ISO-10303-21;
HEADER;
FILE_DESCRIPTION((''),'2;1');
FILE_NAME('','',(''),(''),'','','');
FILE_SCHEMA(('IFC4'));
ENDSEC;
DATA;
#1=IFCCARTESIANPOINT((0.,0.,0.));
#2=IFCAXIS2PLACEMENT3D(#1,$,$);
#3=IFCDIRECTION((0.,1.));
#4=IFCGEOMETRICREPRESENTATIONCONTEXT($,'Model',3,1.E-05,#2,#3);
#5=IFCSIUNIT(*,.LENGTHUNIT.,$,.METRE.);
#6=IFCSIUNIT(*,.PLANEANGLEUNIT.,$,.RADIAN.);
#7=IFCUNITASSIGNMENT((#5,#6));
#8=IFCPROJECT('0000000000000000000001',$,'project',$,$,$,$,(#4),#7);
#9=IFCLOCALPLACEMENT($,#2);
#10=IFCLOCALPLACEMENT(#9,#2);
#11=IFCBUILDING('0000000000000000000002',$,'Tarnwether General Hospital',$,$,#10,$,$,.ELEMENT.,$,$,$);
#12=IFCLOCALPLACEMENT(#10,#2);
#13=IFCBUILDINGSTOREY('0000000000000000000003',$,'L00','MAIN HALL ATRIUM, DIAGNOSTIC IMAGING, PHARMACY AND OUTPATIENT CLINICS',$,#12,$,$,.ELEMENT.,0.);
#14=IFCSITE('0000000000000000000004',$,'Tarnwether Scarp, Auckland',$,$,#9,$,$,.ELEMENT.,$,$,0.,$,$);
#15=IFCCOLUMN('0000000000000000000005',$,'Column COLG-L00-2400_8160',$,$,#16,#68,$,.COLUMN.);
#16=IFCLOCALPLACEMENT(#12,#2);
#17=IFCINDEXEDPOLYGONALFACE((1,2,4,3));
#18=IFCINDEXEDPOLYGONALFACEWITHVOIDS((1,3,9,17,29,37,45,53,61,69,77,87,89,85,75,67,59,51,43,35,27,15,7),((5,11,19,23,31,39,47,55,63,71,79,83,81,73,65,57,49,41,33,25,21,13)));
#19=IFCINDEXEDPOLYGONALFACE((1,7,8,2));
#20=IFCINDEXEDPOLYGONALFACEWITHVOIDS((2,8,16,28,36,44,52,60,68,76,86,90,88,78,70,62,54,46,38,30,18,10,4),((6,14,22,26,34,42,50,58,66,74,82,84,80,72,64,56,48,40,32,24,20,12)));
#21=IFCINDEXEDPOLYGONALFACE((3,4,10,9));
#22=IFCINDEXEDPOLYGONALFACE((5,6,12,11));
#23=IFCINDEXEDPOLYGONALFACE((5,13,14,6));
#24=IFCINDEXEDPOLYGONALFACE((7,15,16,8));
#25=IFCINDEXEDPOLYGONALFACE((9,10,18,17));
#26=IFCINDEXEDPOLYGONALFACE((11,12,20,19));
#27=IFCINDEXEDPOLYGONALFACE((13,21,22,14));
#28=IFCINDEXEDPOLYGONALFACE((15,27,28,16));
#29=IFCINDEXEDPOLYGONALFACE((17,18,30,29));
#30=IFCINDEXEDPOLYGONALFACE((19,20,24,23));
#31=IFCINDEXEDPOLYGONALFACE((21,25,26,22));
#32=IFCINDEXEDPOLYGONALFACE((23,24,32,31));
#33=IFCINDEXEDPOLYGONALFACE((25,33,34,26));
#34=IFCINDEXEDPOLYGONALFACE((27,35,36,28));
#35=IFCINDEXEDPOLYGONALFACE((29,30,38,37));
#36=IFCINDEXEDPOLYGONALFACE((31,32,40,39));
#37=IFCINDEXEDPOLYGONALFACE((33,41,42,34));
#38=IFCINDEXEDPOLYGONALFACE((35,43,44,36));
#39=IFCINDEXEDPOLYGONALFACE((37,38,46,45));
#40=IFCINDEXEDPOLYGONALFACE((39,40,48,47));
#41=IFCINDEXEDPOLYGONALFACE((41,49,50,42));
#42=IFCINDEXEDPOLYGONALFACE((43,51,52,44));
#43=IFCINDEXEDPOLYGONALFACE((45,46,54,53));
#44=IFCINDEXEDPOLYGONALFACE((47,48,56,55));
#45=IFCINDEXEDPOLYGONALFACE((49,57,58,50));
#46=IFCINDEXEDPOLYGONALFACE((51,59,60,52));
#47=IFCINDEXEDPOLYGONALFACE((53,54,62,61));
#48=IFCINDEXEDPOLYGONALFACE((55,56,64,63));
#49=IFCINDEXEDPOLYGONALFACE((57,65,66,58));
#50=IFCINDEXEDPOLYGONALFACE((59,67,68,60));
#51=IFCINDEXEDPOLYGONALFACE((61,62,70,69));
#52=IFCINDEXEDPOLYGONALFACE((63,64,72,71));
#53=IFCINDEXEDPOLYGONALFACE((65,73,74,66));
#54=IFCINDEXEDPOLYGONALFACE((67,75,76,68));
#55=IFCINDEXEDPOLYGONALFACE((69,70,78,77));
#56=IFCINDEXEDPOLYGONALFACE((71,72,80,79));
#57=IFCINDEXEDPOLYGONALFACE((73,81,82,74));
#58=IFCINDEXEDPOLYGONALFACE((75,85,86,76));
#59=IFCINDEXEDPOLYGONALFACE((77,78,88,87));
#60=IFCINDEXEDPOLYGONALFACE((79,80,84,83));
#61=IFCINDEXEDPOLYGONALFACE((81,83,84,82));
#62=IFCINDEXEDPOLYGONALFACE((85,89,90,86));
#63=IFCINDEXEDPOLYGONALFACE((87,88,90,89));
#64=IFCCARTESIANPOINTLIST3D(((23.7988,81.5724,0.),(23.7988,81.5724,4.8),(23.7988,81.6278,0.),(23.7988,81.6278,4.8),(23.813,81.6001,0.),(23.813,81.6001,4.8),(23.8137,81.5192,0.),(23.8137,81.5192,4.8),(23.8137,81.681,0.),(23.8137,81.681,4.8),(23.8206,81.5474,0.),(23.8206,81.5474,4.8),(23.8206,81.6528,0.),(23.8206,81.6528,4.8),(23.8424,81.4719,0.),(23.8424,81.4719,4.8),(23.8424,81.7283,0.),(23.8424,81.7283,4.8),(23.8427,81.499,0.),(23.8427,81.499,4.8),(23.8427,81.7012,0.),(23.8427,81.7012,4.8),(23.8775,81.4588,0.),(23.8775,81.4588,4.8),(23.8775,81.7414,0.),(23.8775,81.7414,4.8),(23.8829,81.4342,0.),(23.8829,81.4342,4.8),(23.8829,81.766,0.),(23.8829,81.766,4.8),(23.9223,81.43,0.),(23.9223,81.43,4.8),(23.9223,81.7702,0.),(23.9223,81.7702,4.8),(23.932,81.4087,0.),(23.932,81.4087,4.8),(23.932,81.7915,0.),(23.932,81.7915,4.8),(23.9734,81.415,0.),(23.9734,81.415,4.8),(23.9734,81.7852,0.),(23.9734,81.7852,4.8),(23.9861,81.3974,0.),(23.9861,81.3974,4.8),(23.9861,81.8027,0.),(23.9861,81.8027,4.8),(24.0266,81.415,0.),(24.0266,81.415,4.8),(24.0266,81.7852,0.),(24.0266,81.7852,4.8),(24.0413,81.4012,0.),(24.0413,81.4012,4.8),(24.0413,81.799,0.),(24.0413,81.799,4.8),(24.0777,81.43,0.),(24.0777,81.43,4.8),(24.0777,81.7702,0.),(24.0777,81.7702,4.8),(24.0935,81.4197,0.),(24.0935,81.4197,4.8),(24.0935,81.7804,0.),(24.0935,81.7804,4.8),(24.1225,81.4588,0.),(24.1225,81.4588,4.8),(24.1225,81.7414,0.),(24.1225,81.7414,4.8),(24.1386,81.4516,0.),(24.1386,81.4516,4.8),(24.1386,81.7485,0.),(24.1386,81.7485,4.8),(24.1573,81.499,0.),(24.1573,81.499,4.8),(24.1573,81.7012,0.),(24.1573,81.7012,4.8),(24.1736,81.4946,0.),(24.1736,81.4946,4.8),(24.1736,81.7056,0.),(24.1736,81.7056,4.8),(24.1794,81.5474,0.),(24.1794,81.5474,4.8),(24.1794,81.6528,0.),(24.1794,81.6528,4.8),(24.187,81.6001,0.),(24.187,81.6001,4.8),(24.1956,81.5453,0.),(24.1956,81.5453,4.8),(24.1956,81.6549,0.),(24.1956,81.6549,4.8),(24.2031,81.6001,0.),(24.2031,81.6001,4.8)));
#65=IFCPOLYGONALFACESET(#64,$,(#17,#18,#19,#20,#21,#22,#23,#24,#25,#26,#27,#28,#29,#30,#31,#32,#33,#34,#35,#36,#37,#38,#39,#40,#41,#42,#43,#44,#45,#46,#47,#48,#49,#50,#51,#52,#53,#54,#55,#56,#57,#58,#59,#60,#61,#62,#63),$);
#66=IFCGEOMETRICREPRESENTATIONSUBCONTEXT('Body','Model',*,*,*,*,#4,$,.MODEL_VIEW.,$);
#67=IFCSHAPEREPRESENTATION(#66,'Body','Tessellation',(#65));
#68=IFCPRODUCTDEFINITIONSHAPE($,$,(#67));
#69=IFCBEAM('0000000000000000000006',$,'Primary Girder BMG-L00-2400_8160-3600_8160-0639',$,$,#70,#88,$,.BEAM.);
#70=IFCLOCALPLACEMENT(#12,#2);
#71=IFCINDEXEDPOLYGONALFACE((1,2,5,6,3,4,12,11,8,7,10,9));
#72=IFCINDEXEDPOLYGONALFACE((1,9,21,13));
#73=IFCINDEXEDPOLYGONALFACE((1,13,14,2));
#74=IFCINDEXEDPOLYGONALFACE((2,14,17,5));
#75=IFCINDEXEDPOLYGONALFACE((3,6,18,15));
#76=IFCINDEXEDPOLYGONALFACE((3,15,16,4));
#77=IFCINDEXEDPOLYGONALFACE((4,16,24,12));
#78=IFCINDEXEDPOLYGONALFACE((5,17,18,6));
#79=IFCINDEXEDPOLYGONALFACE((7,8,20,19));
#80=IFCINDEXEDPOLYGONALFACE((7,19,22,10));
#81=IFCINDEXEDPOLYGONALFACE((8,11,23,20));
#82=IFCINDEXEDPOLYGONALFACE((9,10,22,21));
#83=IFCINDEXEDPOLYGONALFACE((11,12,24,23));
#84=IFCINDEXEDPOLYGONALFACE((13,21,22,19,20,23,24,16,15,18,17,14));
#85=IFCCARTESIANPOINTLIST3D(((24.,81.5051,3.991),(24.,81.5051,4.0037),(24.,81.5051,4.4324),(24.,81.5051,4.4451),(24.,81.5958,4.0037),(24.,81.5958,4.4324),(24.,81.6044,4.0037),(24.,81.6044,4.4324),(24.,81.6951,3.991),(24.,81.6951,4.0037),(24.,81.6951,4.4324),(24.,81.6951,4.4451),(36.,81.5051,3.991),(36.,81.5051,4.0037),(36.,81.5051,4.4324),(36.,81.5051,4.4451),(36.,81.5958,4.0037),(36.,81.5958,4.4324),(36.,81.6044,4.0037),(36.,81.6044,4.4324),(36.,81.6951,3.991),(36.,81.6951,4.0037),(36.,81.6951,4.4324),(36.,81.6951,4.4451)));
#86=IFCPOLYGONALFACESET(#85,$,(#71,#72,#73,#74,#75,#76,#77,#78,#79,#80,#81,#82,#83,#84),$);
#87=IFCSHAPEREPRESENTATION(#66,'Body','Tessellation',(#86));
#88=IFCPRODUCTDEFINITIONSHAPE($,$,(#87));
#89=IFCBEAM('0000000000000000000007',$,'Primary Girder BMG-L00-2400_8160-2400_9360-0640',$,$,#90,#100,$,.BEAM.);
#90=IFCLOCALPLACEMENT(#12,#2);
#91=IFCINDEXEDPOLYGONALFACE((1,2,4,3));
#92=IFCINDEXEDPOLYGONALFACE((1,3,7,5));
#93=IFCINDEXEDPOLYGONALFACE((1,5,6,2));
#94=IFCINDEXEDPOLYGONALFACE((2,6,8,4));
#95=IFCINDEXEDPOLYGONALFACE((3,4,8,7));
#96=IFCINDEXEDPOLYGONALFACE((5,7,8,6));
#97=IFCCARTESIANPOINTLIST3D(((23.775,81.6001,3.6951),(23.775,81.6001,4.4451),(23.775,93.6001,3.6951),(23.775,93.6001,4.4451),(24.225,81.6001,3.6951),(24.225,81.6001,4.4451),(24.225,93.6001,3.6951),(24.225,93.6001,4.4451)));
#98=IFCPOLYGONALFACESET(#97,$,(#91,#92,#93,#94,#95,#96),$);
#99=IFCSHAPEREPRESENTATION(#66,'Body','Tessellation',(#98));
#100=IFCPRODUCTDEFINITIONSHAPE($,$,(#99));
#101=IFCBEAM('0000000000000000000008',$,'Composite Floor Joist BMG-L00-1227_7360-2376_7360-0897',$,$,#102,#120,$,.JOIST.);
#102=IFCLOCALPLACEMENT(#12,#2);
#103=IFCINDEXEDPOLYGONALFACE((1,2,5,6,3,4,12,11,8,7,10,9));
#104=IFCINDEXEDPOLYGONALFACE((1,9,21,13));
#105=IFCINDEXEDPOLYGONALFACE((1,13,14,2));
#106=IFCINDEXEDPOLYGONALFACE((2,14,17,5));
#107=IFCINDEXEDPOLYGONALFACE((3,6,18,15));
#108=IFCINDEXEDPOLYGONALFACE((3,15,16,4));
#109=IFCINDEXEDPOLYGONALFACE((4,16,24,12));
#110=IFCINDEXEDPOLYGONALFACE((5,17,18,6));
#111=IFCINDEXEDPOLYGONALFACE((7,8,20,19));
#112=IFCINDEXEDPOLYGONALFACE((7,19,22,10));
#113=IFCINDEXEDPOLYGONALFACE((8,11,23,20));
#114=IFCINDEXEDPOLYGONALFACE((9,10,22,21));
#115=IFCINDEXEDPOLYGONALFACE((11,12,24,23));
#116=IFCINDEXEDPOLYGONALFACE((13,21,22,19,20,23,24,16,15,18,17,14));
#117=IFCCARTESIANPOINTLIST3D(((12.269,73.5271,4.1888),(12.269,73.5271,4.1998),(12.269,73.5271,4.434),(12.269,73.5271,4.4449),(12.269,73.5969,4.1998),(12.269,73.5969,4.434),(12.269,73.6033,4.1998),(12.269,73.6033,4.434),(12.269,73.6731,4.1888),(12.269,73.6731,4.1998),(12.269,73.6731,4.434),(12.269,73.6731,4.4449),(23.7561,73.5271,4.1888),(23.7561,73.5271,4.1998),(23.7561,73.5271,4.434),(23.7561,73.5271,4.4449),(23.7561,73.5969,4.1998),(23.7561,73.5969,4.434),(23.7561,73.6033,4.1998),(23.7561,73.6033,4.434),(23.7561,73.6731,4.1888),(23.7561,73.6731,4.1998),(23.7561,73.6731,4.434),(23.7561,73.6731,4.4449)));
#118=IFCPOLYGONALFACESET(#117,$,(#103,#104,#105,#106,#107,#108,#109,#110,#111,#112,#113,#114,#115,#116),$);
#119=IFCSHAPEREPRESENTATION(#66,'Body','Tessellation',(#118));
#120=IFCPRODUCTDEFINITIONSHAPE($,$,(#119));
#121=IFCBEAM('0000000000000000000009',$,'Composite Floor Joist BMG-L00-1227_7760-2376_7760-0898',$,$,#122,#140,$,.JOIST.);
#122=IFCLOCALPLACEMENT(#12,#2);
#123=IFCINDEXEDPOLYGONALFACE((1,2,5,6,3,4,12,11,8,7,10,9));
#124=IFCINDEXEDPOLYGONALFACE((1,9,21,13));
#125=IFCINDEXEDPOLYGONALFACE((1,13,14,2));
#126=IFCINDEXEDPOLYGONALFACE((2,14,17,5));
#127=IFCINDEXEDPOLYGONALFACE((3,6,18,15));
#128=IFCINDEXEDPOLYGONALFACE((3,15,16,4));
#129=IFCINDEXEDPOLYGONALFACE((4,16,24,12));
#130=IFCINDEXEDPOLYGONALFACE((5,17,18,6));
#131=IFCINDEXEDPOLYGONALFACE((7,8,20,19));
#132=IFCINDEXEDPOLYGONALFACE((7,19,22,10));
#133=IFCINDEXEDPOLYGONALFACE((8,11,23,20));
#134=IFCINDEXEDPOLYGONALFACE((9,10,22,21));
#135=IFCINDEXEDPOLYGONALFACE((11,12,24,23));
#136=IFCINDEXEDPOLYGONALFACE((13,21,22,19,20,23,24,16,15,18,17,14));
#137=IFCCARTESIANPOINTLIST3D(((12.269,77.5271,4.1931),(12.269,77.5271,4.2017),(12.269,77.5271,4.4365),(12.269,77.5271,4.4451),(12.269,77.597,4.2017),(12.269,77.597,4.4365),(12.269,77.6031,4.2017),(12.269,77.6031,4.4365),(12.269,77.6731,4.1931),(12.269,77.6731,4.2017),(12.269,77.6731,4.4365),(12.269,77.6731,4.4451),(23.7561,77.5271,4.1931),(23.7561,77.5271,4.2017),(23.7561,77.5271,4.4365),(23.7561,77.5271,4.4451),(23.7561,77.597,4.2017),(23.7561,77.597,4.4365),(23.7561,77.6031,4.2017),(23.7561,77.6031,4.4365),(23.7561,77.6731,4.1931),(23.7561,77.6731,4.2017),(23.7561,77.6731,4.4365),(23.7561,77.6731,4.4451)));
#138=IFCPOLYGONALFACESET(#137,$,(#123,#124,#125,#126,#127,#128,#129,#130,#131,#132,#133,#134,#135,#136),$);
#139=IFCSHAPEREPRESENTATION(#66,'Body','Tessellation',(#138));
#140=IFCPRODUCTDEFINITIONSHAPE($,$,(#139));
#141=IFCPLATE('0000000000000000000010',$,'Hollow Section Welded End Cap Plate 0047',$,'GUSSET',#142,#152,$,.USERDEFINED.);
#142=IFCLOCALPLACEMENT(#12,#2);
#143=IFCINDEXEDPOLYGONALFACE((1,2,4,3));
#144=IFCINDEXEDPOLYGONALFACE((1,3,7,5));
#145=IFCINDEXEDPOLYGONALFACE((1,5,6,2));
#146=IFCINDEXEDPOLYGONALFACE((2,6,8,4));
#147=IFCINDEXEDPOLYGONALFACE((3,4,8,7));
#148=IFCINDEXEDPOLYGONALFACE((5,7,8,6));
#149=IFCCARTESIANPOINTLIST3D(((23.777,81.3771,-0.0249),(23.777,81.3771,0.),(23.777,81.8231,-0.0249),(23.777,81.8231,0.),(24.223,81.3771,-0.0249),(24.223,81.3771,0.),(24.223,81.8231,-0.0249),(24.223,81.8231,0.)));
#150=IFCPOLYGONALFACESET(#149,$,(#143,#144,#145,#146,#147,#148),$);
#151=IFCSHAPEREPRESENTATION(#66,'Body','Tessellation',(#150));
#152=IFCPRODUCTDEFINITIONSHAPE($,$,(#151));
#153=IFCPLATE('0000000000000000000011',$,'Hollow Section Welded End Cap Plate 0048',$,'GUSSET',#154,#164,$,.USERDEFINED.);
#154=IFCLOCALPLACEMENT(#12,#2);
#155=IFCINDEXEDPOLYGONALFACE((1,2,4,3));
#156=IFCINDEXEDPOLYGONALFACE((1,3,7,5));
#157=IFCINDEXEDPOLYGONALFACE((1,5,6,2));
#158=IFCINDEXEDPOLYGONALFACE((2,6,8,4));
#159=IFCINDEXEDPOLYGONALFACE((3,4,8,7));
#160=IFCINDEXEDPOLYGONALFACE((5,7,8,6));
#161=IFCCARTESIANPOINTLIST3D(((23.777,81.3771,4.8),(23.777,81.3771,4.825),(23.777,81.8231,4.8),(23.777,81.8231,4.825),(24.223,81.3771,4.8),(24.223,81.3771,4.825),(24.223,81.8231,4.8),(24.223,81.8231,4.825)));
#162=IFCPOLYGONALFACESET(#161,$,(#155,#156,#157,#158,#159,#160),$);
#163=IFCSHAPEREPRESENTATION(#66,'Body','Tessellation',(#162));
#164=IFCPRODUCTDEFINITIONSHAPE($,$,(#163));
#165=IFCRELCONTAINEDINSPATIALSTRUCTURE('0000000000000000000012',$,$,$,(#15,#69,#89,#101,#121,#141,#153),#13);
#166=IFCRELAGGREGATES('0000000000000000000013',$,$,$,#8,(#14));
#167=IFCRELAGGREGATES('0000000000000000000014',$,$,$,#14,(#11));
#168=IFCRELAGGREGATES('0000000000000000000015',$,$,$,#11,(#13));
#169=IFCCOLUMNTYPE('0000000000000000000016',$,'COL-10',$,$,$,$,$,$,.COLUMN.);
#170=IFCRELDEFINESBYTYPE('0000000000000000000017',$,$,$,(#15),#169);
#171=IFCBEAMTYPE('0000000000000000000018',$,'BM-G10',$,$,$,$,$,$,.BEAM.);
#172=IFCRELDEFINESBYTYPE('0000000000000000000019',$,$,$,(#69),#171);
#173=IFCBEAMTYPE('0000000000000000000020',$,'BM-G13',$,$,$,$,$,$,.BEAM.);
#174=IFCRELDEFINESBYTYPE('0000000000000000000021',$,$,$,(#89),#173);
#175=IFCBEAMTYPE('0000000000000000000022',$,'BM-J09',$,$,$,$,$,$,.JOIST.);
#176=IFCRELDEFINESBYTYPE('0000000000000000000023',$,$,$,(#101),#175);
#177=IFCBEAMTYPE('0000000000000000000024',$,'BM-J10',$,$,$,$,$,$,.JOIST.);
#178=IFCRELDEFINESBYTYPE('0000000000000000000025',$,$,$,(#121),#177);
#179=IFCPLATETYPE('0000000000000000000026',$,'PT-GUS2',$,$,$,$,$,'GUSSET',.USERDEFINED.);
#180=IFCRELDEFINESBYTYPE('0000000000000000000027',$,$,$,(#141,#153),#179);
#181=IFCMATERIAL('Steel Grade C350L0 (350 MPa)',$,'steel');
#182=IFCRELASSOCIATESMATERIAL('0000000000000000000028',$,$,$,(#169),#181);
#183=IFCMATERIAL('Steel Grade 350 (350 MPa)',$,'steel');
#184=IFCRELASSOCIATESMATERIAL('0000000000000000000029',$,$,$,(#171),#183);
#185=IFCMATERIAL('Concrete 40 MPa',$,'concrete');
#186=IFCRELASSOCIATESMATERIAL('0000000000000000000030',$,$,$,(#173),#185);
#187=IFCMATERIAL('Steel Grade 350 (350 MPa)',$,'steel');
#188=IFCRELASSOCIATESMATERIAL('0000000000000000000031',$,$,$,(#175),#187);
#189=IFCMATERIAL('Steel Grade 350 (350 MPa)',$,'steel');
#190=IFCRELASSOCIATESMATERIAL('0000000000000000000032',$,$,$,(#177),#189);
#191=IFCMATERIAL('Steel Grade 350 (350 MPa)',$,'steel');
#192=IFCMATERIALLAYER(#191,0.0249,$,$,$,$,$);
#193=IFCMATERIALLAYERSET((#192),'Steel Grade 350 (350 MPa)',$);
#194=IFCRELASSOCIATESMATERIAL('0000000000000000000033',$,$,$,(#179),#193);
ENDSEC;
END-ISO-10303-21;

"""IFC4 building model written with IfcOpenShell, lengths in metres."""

from ifc_helpers import new_model, si_unit, direction, frame, origin, origin_2d, place, context, subcontext, project, spatial, rectangle, hollow_circle, i_section, extrude, material, layer, layer_set, material_profile, profile_set, type_object, element, save


model = new_model("IFC4")

# Units and contexts
model_context = context("Model", 3, precision=1e-05, world=origin(), true_north=direction((0.0, 1.0)))
body_context = subcontext(model_context, "Body", "Model", "MODEL_VIEW")
ifc_project = project(units=[si_unit("LENGTHUNIT", "METRE"), si_unit("PLANEANGLEUNIT", "RADIAN")], contexts=[model_context])

# Site, building, storey
site_placement = place(None, origin())
site = spatial("IfcSite", under=ifc_project, at=site_placement, Name="Tarnwether Scarp, Auckland", CompositionType="ELEMENT", RefElevation=0.0)
building_placement = place(site_placement, origin())
building = spatial("IfcBuilding", under=site, at=building_placement, Name="Tarnwether General Hospital", CompositionType="ELEMENT")
storey_placement = place(building_placement, origin())
storey = spatial("IfcBuildingStorey", under=building, at=storey_placement, Name="L00", Description="MAIN HALL ATRIUM, DIAGNOSTIC IMAGING, PHARMACY AND OUTPATIENT CLINICS", CompositionType="ELEMENT", Elevation=0.0)

# Column
ifc_material_1 = material(Name="Steel Grade C350L0 (350 MPa)", Category="steel")
ifc_material_profile_1 = material_profile(ifc_material_1, hollow_circle(Radius=0.2031, WallThickness=0.0161, at=origin_2d()), Name="CHS406.4x16.0")
ifc_profile_set_1 = profile_set([ifc_material_profile_1], Name="Steel Grade C350L0 (350 MPa)")
column_type = type_object("IfcColumnType", Name="COL-10", PredefinedType="COLUMN", material=ifc_profile_set_1)
column_placement = place(storey_placement, frame((24.0, 81.6001, 0.0), z_axis=(0.0, 0.0, 1.0), x_axis=(1.0, 0.0, 0.0)))
element("IfcColumn", 1, at=column_placement, inside=storey, type_object=column_type, Name="Column COLG-L00-2400_8160", PredefinedType="COLUMN", context=body_context, shape_type="SweptSolid", body=[
    extrude(hollow_circle(Radius=0.2031, WallThickness=0.0161, at=origin_2d()), origin(), (0.0, 0.0, 1.0), 4.8),
])

# Beams
ifc_material_2 = material(Name="Steel Grade 350 (350 MPa)", Category="steel")
ifc_material_profile_2 = material_profile(ifc_material_2, i_section(OverallWidth=0.1899, OverallDepth=0.4541, WebThickness=0.0085, FlangeThickness=0.0127, at=origin_2d()), Name="460UB67.1")
ifc_profile_set_2 = profile_set([ifc_material_profile_2], Name="Steel Grade 350 (350 MPa)")
beam_type_1 = type_object("IfcBeamType", Name="BM-G10", PredefinedType="BEAM", material=ifc_profile_set_2)
beam_1_placement = place(storey_placement, frame((24.0, 81.6001, 4.218), z_axis=(1.0, 0.0, 0.0), x_axis=(0.0, 1.0, 0.0)))
element("IfcBeam", 2, at=beam_1_placement, inside=storey, type_object=beam_type_1, Name="Primary Girder BMG-L00-2400_8160-3600_8160-0639", PredefinedType="BEAM", context=body_context, shape_type="SweptSolid", body=[
    extrude(i_section(OverallWidth=0.1899, OverallDepth=0.4541, WebThickness=0.0085, FlangeThickness=0.0127, at=origin_2d()), origin(), (0.0, 0.0, 1.0), 12.0),
])
ifc_material_3 = material(Name="Concrete 40 MPa", Category="concrete")
ifc_material_profile_3 = material_profile(ifc_material_3, rectangle(XDim=0.45, YDim=0.75, at=origin_2d()), Name="RC-BM-450x750")
ifc_profile_set_3 = profile_set([ifc_material_profile_3], Name="Concrete 40 MPa")
beam_type_2 = type_object("IfcBeamType", Name="BM-G13", PredefinedType="BEAM", material=ifc_profile_set_3)
beam_2_placement = place(storey_placement, frame((24.0, 81.6001, 4.0701), z_axis=(0.0, 1.0, 0.0), x_axis=(-1.0, 0.0, 0.0)))
element("IfcBeam", 3, at=beam_2_placement, inside=storey, type_object=beam_type_2, Name="Primary Girder BMG-L00-2400_8160-2400_9360-0640", PredefinedType="BEAM", context=body_context, shape_type="SweptSolid", body=[
    extrude(rectangle(XDim=0.45, YDim=0.75, at=origin_2d()), origin(), (0.0, 0.0, 1.0), 12.0),
])
ifc_material_4 = material(Name="Steel Grade 350 (350 MPa)", Category="steel")
ifc_material_profile_4 = material_profile(ifc_material_4, i_section(OverallWidth=0.146, OverallDepth=0.2561, WebThickness=0.0063, FlangeThickness=0.011, at=origin_2d()), Name="250UB37.3")
ifc_profile_set_4 = profile_set([ifc_material_profile_4], Name="Steel Grade 350 (350 MPa)")
beam_type_3 = type_object("IfcBeamType", Name="BM-J09", PredefinedType="JOIST", material=ifc_profile_set_4)
beam_3_placement = place(storey_placement, frame((12.269, 73.6001, 4.3169), z_axis=(1.0, 0.0, 0.0), x_axis=(0.0, 1.0, 0.0)))
element("IfcBeam", 4, at=beam_3_placement, inside=storey, type_object=beam_type_3, Name="Composite Floor Joist BMG-L00-1227_7360-2376_7360-0897", PredefinedType="JOIST", context=body_context, shape_type="SweptSolid", body=[
    extrude(i_section(OverallWidth=0.146, OverallDepth=0.2561, WebThickness=0.0063, FlangeThickness=0.011, at=origin_2d()), origin(), (0.0, 0.0, 1.0), 11.4871),
])
ifc_material_5 = material(Name="Steel Grade 350 (350 MPa)", Category="steel")
ifc_material_profile_5 = material_profile(ifc_material_5, i_section(OverallWidth=0.146, OverallDepth=0.252, WebThickness=0.0061, FlangeThickness=0.0085, at=origin_2d()), Name="250UB31.4")
ifc_profile_set_5 = profile_set([ifc_material_profile_5], Name="Steel Grade 350 (350 MPa)")
beam_type_4 = type_object("IfcBeamType", Name="BM-J10", PredefinedType="JOIST", material=ifc_profile_set_5)
beam_4_placement = place(storey_placement, frame((12.269, 77.6001, 4.3191), z_axis=(1.0, 0.0, 0.0), x_axis=(0.0, 1.0, 0.0)))
element("IfcBeam", 5, at=beam_4_placement, inside=storey, type_object=beam_type_4, Name="Composite Floor Joist BMG-L00-1227_7760-2376_7760-0898", PredefinedType="JOIST", context=body_context, shape_type="SweptSolid", body=[
    extrude(i_section(OverallWidth=0.146, OverallDepth=0.252, WebThickness=0.0061, FlangeThickness=0.0085, at=origin_2d()), origin(), (0.0, 0.0, 1.0), 11.4871),
])

# Plates
ifc_material_6 = material(Name="Steel Grade 350 (350 MPa)", Category="steel")
ifc_layer_1 = layer(ifc_material_6, 0.0249)
ifc_layer_set_1 = layer_set([ifc_layer_1], Name="Steel Grade 350 (350 MPa)")
plate_type = type_object("IfcPlateType", Name="PT-GUS2", ElementType="GUSSET", PredefinedType="USERDEFINED", material=ifc_layer_set_1)
for number, where, z_axis, x_axis, name in (
    (6, (24.0, 81.6001, -0.0249), (0.0, 0.0, 1.0), (1.0, 0.0, 0.0), "Hollow Section Welded End Cap Plate 0047"),
    (7, (24.0, 81.6001, 4.8), (0.0, 0.0, 1.0), (1.0, 0.0, 0.0), "Hollow Section Welded End Cap Plate 0048"),
):
    element("IfcPlate", number, at=place(storey_placement, frame(where, z_axis=z_axis, x_axis=x_axis)), inside=storey, type_object=plate_type, Name=name, ObjectType="GUSSET", PredefinedType="USERDEFINED", context=body_context, shape_type="SweptSolid", body=[
        extrude(rectangle(XDim=0.446, YDim=0.446, at=origin_2d()), origin(), (0.0, 0.0, 1.0), 0.0249),
    ])

save(model, "model.ifc")
